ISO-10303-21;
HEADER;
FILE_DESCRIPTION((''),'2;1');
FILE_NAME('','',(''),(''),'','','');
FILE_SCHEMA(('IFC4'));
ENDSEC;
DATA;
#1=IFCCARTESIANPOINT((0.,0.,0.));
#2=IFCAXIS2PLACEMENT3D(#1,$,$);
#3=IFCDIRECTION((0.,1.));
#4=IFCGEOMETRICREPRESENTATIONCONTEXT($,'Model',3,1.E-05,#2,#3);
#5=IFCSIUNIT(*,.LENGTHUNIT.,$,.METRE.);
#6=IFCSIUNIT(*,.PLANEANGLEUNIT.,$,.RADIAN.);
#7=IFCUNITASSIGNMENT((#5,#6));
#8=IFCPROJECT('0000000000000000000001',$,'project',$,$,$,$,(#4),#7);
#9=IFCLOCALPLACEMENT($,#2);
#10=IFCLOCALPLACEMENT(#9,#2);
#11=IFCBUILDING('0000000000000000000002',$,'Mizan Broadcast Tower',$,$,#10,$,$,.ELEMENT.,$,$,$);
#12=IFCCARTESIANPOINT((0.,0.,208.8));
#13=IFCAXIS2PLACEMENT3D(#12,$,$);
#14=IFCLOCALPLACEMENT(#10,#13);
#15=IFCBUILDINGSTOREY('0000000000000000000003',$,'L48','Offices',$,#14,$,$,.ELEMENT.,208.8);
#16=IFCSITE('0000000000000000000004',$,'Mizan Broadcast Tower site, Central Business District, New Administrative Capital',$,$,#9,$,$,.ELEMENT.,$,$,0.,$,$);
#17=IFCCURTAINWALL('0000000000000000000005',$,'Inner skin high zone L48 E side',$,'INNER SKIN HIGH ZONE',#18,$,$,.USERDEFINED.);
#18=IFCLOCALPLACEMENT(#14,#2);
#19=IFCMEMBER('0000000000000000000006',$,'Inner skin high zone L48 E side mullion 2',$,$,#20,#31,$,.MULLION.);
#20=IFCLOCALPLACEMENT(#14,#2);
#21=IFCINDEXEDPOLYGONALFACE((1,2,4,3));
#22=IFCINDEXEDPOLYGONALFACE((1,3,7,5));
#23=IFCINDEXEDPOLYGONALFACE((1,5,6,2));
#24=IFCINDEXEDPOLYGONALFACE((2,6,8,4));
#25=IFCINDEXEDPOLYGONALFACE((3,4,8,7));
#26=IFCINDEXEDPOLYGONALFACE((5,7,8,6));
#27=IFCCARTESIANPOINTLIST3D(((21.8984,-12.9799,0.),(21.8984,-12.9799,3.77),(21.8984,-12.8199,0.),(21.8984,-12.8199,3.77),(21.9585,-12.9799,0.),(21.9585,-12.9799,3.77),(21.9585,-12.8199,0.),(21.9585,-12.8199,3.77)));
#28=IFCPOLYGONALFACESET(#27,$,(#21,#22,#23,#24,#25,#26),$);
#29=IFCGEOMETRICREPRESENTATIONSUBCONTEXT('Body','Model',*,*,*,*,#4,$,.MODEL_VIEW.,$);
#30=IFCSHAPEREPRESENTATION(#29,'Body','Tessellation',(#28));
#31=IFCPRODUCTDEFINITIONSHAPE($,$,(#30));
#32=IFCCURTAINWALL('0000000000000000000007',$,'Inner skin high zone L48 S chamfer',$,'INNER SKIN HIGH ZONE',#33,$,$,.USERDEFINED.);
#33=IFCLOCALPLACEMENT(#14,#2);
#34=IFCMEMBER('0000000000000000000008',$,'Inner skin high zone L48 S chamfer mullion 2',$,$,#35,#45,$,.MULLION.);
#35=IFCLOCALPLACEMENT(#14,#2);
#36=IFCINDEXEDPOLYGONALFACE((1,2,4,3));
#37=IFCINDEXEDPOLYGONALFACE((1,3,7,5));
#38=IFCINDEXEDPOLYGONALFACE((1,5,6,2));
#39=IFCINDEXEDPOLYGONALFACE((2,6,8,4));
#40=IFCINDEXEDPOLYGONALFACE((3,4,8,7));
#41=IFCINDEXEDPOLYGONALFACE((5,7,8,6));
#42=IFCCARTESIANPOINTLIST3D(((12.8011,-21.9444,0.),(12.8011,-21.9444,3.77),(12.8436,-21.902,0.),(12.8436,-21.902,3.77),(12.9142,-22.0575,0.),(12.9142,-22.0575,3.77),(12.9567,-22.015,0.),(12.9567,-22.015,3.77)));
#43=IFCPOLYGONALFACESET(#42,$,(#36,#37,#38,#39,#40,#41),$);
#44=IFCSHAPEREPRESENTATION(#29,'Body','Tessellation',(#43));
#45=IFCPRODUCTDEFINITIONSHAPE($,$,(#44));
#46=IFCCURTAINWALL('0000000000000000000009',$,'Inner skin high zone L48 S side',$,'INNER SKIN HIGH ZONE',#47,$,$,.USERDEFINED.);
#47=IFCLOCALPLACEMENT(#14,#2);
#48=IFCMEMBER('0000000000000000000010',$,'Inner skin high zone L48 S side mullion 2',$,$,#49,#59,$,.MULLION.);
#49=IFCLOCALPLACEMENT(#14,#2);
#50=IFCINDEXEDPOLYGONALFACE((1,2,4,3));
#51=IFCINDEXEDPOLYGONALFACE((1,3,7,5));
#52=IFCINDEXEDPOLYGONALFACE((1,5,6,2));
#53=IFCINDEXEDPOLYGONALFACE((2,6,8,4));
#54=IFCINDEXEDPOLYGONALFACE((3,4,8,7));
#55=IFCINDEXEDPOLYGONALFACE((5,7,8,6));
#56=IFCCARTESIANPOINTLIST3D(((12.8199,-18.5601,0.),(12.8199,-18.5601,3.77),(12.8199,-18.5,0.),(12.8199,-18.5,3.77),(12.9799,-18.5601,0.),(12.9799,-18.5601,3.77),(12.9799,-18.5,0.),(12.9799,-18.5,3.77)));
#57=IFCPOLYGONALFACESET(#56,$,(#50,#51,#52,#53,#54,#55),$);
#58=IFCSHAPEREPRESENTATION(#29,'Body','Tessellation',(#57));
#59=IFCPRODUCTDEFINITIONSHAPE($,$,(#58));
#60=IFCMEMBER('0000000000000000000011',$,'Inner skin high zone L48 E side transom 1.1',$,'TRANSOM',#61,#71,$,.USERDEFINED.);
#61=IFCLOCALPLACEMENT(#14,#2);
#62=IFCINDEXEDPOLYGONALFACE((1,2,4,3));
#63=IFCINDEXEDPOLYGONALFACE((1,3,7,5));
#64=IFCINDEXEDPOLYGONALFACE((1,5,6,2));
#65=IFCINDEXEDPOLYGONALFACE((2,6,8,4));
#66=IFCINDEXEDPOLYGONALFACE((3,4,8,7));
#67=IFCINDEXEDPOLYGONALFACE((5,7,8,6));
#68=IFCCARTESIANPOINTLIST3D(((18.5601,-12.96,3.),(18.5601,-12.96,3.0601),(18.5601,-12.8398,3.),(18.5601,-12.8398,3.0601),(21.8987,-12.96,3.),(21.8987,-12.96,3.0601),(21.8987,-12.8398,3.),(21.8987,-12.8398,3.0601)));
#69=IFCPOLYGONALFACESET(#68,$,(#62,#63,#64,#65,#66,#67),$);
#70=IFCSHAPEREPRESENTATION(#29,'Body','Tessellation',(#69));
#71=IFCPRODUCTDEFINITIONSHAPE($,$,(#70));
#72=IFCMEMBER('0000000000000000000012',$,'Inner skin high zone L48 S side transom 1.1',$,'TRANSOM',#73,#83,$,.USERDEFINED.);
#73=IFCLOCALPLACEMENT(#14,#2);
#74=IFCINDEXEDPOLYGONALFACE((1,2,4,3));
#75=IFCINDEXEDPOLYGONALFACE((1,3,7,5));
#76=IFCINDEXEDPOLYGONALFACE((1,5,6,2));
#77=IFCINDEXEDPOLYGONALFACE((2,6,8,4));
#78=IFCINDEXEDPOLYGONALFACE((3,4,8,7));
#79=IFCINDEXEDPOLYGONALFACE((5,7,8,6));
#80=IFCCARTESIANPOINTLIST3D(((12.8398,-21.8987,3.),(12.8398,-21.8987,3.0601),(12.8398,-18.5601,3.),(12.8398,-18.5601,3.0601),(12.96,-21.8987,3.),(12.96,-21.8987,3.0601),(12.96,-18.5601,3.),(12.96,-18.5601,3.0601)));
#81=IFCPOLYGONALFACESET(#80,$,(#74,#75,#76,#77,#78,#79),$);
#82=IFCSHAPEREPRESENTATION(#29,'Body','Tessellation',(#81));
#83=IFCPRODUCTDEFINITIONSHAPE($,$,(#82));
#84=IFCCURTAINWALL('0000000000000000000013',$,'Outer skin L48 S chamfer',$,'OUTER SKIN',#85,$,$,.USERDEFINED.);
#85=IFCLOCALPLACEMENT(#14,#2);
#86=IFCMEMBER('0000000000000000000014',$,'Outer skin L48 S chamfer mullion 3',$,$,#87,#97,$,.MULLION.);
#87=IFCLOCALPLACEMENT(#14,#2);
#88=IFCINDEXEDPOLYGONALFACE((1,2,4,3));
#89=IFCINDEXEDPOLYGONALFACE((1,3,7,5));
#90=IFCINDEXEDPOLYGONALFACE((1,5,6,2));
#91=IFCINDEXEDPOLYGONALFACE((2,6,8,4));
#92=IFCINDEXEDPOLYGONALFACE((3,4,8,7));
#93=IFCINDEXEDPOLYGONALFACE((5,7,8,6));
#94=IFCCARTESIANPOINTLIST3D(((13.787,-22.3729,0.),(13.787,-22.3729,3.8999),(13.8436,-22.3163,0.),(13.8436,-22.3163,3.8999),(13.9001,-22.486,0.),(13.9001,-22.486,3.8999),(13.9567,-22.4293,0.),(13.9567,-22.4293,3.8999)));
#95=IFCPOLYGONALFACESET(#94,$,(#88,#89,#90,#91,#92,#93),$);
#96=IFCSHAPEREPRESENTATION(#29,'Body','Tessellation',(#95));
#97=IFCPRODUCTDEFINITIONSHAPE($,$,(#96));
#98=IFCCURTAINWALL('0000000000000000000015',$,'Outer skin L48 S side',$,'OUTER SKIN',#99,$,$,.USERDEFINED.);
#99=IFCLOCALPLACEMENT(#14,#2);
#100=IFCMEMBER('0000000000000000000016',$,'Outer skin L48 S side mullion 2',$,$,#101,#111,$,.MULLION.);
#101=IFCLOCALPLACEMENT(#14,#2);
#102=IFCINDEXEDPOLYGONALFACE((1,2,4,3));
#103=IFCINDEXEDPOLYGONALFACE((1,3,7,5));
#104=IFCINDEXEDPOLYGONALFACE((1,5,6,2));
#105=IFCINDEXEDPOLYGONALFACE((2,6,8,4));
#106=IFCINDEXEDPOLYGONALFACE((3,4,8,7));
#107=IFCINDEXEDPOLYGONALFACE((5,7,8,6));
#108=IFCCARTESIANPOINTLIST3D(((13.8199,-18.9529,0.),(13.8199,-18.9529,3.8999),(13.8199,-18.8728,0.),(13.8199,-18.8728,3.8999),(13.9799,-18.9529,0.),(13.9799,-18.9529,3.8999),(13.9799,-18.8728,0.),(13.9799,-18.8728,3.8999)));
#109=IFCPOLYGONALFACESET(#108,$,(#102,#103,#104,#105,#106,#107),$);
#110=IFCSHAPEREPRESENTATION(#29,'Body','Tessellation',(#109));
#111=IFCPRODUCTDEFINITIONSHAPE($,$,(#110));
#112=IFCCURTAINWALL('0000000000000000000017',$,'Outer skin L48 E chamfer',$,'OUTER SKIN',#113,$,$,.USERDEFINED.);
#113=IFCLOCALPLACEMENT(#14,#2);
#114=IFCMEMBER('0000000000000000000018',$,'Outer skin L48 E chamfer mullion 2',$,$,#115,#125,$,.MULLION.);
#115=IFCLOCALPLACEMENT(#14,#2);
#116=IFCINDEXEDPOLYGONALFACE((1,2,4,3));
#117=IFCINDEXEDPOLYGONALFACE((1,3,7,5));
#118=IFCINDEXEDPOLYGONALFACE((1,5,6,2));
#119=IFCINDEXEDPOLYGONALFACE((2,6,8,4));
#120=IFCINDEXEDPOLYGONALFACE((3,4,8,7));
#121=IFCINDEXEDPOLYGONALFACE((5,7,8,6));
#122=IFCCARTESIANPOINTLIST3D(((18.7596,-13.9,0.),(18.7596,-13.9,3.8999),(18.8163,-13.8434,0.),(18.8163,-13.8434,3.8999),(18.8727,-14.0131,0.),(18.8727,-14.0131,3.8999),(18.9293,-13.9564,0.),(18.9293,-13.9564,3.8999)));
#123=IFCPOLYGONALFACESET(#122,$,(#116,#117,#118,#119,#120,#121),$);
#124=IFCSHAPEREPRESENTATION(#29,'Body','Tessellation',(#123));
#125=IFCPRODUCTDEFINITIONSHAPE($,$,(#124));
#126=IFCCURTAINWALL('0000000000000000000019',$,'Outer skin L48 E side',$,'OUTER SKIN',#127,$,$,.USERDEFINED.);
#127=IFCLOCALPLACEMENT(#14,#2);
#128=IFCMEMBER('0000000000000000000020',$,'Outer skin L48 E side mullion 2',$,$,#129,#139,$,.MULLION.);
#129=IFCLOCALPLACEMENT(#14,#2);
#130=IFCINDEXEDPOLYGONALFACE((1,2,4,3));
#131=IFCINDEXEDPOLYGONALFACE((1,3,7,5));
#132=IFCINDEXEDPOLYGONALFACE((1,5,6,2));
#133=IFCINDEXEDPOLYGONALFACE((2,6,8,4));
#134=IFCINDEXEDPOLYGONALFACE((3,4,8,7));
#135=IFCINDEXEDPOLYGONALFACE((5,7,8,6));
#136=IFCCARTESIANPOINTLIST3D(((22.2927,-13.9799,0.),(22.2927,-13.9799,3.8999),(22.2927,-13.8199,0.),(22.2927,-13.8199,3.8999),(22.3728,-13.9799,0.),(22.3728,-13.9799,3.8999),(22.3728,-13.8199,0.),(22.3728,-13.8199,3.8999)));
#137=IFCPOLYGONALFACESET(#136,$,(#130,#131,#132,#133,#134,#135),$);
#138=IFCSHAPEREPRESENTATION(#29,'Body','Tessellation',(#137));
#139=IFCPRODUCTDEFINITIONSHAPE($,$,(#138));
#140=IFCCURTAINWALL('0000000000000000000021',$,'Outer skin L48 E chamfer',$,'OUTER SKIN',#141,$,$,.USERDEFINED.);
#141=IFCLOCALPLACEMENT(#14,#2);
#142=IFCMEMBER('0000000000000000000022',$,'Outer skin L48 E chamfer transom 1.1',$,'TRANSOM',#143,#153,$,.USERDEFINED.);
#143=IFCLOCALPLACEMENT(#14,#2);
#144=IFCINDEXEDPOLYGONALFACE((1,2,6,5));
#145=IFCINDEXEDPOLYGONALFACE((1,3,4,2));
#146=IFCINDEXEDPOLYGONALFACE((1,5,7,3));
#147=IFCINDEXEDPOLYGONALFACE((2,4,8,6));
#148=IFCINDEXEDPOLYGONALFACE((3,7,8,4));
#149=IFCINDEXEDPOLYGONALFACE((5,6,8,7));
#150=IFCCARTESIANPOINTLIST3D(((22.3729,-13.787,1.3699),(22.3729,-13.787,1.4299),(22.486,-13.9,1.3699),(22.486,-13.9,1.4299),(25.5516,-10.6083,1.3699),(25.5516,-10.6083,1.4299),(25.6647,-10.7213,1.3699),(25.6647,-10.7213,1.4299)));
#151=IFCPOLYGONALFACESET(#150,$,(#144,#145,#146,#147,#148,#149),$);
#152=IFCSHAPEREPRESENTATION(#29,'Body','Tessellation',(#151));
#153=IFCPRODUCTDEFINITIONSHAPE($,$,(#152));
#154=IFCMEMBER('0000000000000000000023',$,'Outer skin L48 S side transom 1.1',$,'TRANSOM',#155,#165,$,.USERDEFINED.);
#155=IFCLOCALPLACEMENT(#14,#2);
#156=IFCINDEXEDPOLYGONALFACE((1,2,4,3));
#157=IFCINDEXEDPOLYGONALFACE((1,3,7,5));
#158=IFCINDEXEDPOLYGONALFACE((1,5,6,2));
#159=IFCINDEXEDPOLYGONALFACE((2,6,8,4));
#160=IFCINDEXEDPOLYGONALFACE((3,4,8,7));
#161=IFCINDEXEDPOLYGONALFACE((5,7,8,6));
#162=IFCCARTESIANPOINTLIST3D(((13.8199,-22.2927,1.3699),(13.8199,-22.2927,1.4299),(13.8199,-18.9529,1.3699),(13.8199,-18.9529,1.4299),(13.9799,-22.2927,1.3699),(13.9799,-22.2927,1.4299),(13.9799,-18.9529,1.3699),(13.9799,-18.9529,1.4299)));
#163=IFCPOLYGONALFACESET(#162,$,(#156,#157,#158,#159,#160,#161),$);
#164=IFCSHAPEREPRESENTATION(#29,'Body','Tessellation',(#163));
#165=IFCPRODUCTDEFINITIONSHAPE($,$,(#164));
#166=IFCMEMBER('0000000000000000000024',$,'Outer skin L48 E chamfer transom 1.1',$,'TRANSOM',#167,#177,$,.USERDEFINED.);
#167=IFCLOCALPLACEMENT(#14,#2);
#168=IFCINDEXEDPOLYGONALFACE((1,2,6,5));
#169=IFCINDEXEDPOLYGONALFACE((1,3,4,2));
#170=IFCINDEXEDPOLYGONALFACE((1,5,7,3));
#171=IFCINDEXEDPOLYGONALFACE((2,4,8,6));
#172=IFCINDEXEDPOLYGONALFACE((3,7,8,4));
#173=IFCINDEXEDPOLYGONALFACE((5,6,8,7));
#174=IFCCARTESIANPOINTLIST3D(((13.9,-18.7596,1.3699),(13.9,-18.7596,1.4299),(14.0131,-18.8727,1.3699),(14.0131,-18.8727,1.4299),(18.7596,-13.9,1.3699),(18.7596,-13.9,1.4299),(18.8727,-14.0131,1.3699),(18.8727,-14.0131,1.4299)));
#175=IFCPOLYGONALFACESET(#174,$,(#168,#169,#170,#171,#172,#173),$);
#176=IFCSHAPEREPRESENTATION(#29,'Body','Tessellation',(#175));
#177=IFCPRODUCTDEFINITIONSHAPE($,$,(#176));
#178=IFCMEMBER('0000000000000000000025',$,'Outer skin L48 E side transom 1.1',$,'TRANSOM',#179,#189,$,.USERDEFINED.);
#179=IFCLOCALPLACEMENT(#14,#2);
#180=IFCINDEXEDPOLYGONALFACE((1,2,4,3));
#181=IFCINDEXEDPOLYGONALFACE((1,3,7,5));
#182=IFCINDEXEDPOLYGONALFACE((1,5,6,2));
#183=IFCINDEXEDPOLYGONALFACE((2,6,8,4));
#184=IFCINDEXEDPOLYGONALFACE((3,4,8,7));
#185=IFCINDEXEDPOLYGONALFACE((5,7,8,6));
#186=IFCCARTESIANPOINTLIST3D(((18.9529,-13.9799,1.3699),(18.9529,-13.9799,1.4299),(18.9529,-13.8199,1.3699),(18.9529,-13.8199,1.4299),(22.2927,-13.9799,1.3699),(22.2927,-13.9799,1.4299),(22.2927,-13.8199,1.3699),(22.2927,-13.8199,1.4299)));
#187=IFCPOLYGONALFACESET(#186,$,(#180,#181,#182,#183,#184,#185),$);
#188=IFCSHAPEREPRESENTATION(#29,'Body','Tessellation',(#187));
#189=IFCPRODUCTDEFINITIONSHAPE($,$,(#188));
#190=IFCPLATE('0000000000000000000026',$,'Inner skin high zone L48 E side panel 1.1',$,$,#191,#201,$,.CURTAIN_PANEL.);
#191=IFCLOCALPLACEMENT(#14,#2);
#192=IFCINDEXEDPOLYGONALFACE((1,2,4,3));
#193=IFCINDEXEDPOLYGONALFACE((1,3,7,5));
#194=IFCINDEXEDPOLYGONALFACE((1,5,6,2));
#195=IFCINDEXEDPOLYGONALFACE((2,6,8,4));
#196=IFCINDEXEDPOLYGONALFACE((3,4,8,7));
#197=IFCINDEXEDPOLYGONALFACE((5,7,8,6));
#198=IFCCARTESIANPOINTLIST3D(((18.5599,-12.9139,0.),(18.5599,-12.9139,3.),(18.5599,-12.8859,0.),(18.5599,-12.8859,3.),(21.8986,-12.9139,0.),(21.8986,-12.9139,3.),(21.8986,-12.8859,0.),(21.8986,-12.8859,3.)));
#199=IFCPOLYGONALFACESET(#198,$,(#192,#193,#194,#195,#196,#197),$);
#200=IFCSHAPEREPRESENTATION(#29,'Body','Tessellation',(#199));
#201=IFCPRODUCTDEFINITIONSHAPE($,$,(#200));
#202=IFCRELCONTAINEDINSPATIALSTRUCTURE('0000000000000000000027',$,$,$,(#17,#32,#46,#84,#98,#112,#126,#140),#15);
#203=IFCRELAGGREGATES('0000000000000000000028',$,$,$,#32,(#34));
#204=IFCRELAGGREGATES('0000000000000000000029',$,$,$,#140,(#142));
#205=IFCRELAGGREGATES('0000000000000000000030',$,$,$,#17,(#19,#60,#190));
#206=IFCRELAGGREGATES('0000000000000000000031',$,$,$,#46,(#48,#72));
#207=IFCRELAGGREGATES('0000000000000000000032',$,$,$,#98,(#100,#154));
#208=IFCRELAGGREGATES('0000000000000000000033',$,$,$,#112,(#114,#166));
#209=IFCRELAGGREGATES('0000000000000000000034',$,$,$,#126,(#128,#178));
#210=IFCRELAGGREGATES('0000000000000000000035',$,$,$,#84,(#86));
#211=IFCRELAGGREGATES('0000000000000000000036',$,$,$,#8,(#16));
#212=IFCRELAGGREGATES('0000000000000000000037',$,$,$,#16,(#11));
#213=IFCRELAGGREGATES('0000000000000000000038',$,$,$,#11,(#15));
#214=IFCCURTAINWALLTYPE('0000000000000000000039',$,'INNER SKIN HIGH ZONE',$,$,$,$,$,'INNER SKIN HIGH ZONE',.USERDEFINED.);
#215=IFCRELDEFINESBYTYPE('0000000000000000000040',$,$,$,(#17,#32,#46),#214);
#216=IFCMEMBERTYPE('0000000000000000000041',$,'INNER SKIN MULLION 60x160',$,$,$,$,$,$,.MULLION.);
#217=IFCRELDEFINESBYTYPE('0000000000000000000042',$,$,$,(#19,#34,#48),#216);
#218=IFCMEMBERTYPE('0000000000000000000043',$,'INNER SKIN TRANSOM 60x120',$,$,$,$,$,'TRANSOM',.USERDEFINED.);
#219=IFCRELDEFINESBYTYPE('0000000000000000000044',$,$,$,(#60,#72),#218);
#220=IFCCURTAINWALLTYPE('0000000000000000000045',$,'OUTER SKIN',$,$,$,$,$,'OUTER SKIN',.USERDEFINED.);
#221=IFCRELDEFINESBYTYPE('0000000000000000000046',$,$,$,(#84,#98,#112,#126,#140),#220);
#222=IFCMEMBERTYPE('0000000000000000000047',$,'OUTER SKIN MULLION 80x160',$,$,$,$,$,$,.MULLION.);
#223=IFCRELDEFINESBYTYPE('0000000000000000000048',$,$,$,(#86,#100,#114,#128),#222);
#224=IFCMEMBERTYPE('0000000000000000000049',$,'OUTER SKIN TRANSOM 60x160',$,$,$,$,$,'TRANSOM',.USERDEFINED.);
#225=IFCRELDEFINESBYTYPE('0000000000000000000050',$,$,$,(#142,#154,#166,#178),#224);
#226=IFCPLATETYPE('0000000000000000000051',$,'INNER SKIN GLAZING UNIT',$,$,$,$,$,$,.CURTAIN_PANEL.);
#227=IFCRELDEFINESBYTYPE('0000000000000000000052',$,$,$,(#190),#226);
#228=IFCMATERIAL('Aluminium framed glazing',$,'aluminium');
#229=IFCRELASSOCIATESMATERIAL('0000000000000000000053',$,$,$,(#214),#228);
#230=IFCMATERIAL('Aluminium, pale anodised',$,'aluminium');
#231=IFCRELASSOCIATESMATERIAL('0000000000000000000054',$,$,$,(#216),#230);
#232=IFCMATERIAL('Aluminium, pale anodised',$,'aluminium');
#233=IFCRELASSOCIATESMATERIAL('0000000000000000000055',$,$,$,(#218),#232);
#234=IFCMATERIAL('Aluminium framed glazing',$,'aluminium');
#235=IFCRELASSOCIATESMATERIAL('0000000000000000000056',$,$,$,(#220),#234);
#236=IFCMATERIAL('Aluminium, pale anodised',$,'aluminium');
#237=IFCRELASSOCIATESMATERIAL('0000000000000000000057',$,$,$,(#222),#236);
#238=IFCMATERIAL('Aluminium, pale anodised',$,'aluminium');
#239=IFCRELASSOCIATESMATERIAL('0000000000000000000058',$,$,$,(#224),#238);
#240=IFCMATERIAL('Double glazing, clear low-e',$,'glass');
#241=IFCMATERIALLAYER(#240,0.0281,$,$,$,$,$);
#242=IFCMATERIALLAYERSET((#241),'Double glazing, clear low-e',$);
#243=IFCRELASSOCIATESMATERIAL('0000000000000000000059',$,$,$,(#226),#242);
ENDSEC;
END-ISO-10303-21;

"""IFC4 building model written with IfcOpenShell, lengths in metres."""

from ifc_helpers import new_model, si_unit, direction, frame, origin, origin_2d, place, context, subcontext, project, spatial, rectangle, extrude, material, layer, layer_set, material_profile, profile_set, type_object, element, aggregate, save


model = new_model("IFC4")

# Units and contexts
model_context = context("Model", 3, precision=1e-05, world=origin(), true_north=direction((0.0, 1.0)))
body_context = subcontext(model_context, "Body", "Model", "MODEL_VIEW")
ifc_project = project(units=[si_unit("LENGTHUNIT", "METRE"), si_unit("PLANEANGLEUNIT", "RADIAN")], contexts=[model_context])

# Site, building, storey
site_placement = place(None, origin())
site = spatial("IfcSite", under=ifc_project, at=site_placement, Name="Mizan Broadcast Tower site, Central Business District, New Administrative Capital", CompositionType="ELEMENT", RefElevation=0.0)
building_placement = place(site_placement, origin())
building = spatial("IfcBuilding", under=site, at=building_placement, Name="Mizan Broadcast Tower", CompositionType="ELEMENT")
storey_placement = place(building_placement, frame((0.0, 0.0, 208.8)))
storey = spatial("IfcBuildingStorey", under=building, at=storey_placement, Name="L48", Description="Offices", CompositionType="ELEMENT", Elevation=208.8)

# Curtain walls, members
ifc_material_1 = material(Name="Aluminium framed glazing", Category="aluminium")
curtain_wall_type_1 = type_object("IfcCurtainWallType", Name="INNER SKIN HIGH ZONE", ElementType="INNER SKIN HIGH ZONE", PredefinedType="USERDEFINED", material=ifc_material_1)
curtain_wall_1_placement = place(storey_placement, origin())
curtain_wall_1 = element("IfcCurtainWall", 1, at=curtain_wall_1_placement, inside=storey, type_object=curtain_wall_type_1, Name="Inner skin high zone L48 E side", ObjectType="INNER SKIN HIGH ZONE", PredefinedType="USERDEFINED")
ifc_material_2 = material(Name="Aluminium, pale anodised", Category="aluminium")
ifc_material_profile_1 = material_profile(ifc_material_2, rectangle(XDim=0.1599, YDim=0.0601, at=origin_2d()), Name="MULLION 160x60")
ifc_profile_set_1 = profile_set([ifc_material_profile_1], Name="Aluminium, pale anodised")
member_type_1 = type_object("IfcMemberType", Name="INNER SKIN MULLION 60x160", PredefinedType="MULLION", material=ifc_profile_set_1)
member_1_placement = place(storey_placement, frame((21.9285, -12.8999, 0.0), z_axis=(0.0, 0.0, 1.0), x_axis=(0.0, 1.0, 0.0)))
member_1 = element("IfcMember", 2, at=member_1_placement, type_object=member_type_1, Name="Inner skin high zone L48 E side mullion 2", PredefinedType="MULLION", context=body_context, shape_type="SweptSolid", body=[
    extrude(rectangle(XDim=0.1599, YDim=0.0601, at=origin_2d()), origin(), (0.0, 0.0, 1.0), 3.77),
])
curtain_wall_2_placement = place(storey_placement, origin())
curtain_wall_2 = element("IfcCurtainWall", 3, at=curtain_wall_2_placement, inside=storey, type_object=curtain_wall_type_1, Name="Inner skin high zone L48 S chamfer", ObjectType="INNER SKIN HIGH ZONE", PredefinedType="USERDEFINED")
member_2_placement = place(storey_placement, frame((12.8789, -21.9797, 0.0), z_axis=(0.0, 0.0, 1.0), x_axis=(-0.707107, 0.707107, 0.0)))
member_2 = element("IfcMember", 4, at=member_2_placement, type_object=member_type_1, Name="Inner skin high zone L48 S chamfer mullion 2", PredefinedType="MULLION", context=body_context, shape_type="SweptSolid", body=[
    extrude(rectangle(XDim=0.1599, YDim=0.0601, at=origin_2d()), origin(), (0.0, 0.0, 1.0), 3.77),
])
aggregate(curtain_wall_2, [member_2])
curtain_wall_3_placement = place(storey_placement, origin())
curtain_wall_3 = element("IfcCurtainWall", 5, at=curtain_wall_3_placement, inside=storey, type_object=curtain_wall_type_1, Name="Inner skin high zone L48 S side", ObjectType="INNER SKIN HIGH ZONE", PredefinedType="USERDEFINED")
member_3_placement = place(storey_placement, frame((12.8999, -18.53, 0.0), z_axis=(0.0, 0.0, 1.0), x_axis=(-1.0, 0.0, 0.0)))
member_3 = element("IfcMember", 6, at=member_3_placement, type_object=member_type_1, Name="Inner skin high zone L48 S side mullion 2", PredefinedType="MULLION", context=body_context, shape_type="SweptSolid", body=[
    extrude(rectangle(XDim=0.1599, YDim=0.0601, at=origin_2d()), origin(), (0.0, 0.0, 1.0), 3.77),
])

# Members
ifc_material_3 = material(Name="Aluminium, pale anodised", Category="aluminium")
ifc_material_profile_2 = material_profile(ifc_material_3, rectangle(XDim=0.1201, YDim=0.0601, at=origin_2d()), Name="TRANSOM 120x60")
ifc_profile_set_2 = profile_set([ifc_material_profile_2], Name="Aluminium, pale anodised")
member_type_2 = type_object("IfcMemberType", Name="INNER SKIN TRANSOM 60x120", ElementType="TRANSOM", PredefinedType="USERDEFINED", material=ifc_profile_set_2)
member_4_placement = place(storey_placement, frame((18.5601, -12.8999, 3.03), z_axis=(1.0, 0.0, 0.0), x_axis=(0.0, 1.0, 0.0)))
member_4 = element("IfcMember", 7, at=member_4_placement, type_object=member_type_2, Name="Inner skin high zone L48 E side transom 1.1", ObjectType="TRANSOM", PredefinedType="USERDEFINED", context=body_context, shape_type="SweptSolid", body=[
    extrude(rectangle(XDim=0.1201, YDim=0.0601, at=origin_2d()), origin(), (0.0, 0.0, 1.0), 3.3386),
])
member_5_placement = place(storey_placement, frame((12.8999, -21.8987, 3.03), z_axis=(0.0, 1.0, 0.0), x_axis=(-1.0, 0.0, 0.0)))
member_5 = element("IfcMember", 8, at=member_5_placement, type_object=member_type_2, Name="Inner skin high zone L48 S side transom 1.1", ObjectType="TRANSOM", PredefinedType="USERDEFINED", context=body_context, shape_type="SweptSolid", body=[
    extrude(rectangle(XDim=0.1201, YDim=0.0601, at=origin_2d()), origin(), (0.0, 0.0, 1.0), 3.3386),
])

# Curtain walls, members
ifc_material_4 = material(Name="Aluminium framed glazing", Category="aluminium")
curtain_wall_type_2 = type_object("IfcCurtainWallType", Name="OUTER SKIN", ElementType="OUTER SKIN", PredefinedType="USERDEFINED", material=ifc_material_4)
curtain_wall_4_placement = place(storey_placement, origin())
curtain_wall_4 = element("IfcCurtainWall", 9, at=curtain_wall_4_placement, inside=storey, type_object=curtain_wall_type_2, Name="Outer skin L48 S chamfer", ObjectType="OUTER SKIN", PredefinedType="USERDEFINED")
ifc_material_5 = material(Name="Aluminium, pale anodised", Category="aluminium")
ifc_material_profile_3 = material_profile(ifc_material_5, rectangle(XDim=0.1599, YDim=0.0801, at=origin_2d()), Name="MULLION 160x80")
ifc_profile_set_3 = profile_set([ifc_material_profile_3], Name="Aluminium, pale anodised")
member_type_3 = type_object("IfcMemberType", Name="OUTER SKIN MULLION 80x160", PredefinedType="MULLION", material=ifc_profile_set_3)
member_6_placement = place(storey_placement, frame((13.8718, -22.4011, 0.0), z_axis=(0.0, 0.0, 1.0), x_axis=(-0.707107, 0.707107, 0.0)))
member_6 = element("IfcMember", 10, at=member_6_placement, type_object=member_type_3, Name="Outer skin L48 S chamfer mullion 3", PredefinedType="MULLION", context=body_context, shape_type="SweptSolid", body=[
    extrude(rectangle(XDim=0.1599, YDim=0.0801, at=origin_2d()), origin(), (0.0, 0.0, 1.0), 3.8999),
])
curtain_wall_5_placement = place(storey_placement, origin())
curtain_wall_5 = element("IfcCurtainWall", 11, at=curtain_wall_5_placement, inside=storey, type_object=curtain_wall_type_2, Name="Outer skin L48 S side", ObjectType="OUTER SKIN", PredefinedType="USERDEFINED")
member_7_placement = place(storey_placement, frame((13.8999, -18.9128, 0.0), z_axis=(0.0, 0.0, 1.0), x_axis=(-1.0, 0.0, 0.0)))
member_7 = element("IfcMember", 12, at=member_7_placement, type_object=member_type_3, Name="Outer skin L48 S side mullion 2", PredefinedType="MULLION", context=body_context, shape_type="SweptSolid", body=[
    extrude(rectangle(XDim=0.1599, YDim=0.0801, at=origin_2d()), origin(), (0.0, 0.0, 1.0), 3.8999),
])
curtain_wall_6_placement = place(storey_placement, origin())
curtain_wall_6 = element("IfcCurtainWall", 13, at=curtain_wall_6_placement, inside=storey, type_object=curtain_wall_type_2, Name="Outer skin L48 E chamfer", ObjectType="OUTER SKIN", PredefinedType="USERDEFINED")
member_8_placement = place(storey_placement, frame((18.8445, -13.9282, 0.0), z_axis=(0.0, 0.0, 1.0), x_axis=(-0.707107, 0.707107, 0.0)))
member_8 = element("IfcMember", 14, at=member_8_placement, type_object=member_type_3, Name="Outer skin L48 E chamfer mullion 2", PredefinedType="MULLION", context=body_context, shape_type="SweptSolid", body=[
    extrude(rectangle(XDim=0.1599, YDim=0.0801, at=origin_2d()), origin(), (0.0, 0.0, 1.0), 3.8999),
])
curtain_wall_7_placement = place(storey_placement, origin())
curtain_wall_7 = element("IfcCurtainWall", 15, at=curtain_wall_7_placement, inside=storey, type_object=curtain_wall_type_2, Name="Outer skin L48 E side", ObjectType="OUTER SKIN", PredefinedType="USERDEFINED")
member_9_placement = place(storey_placement, frame((22.3328, -13.8999, 0.0), z_axis=(0.0, 0.0, 1.0), x_axis=(0.0, 1.0, 0.0)))
member_9 = element("IfcMember", 16, at=member_9_placement, type_object=member_type_3, Name="Outer skin L48 E side mullion 2", PredefinedType="MULLION", context=body_context, shape_type="SweptSolid", body=[
    extrude(rectangle(XDim=0.1599, YDim=0.0801, at=origin_2d()), origin(), (0.0, 0.0, 1.0), 3.8999),
])
curtain_wall_8_placement = place(storey_placement, origin())
curtain_wall_8 = element("IfcCurtainWall", 17, at=curtain_wall_8_placement, inside=storey, type_object=curtain_wall_type_2, Name="Outer skin L48 E chamfer", ObjectType="OUTER SKIN", PredefinedType="USERDEFINED")
ifc_material_6 = material(Name="Aluminium, pale anodised", Category="aluminium")
ifc_material_profile_4 = material_profile(ifc_material_6, rectangle(XDim=0.1599, YDim=0.0601, at=origin_2d()), Name="TRANSOM 160x60")
ifc_profile_set_4 = profile_set([ifc_material_profile_4], Name="Aluminium, pale anodised")
member_type_4 = type_object("IfcMemberType", Name="OUTER SKIN TRANSOM 60x160", ElementType="TRANSOM", PredefinedType="USERDEFINED", material=ifc_profile_set_4)
member_10_placement = place(storey_placement, frame((22.4294, -13.8435, 1.3999), z_axis=(0.707107, 0.707107, 0.0), x_axis=(-0.707107, 0.707107, 0.0)))
member_10 = element("IfcMember", 18, at=member_10_placement, type_object=member_type_4, Name="Outer skin L48 E chamfer transom 1.1", ObjectType="TRANSOM", PredefinedType="USERDEFINED", context=body_context, shape_type="SweptSolid", body=[
    extrude(rectangle(XDim=0.1599, YDim=0.0601, at=origin_2d()), origin(), (0.0, 0.0, 1.0), 4.4954),
])
aggregate(curtain_wall_8, [member_10])

# Members
member_11_placement = place(storey_placement, frame((13.8999, -22.2927, 1.3999), z_axis=(0.0, 1.0, 0.0), x_axis=(-1.0, 0.0, 0.0)))
member_11 = element("IfcMember", 19, at=member_11_placement, type_object=member_type_4, Name="Outer skin L48 S side transom 1.1", ObjectType="TRANSOM", PredefinedType="USERDEFINED", context=body_context, shape_type="SweptSolid", body=[
    extrude(rectangle(XDim=0.1599, YDim=0.0601, at=origin_2d()), origin(), (0.0, 0.0, 1.0), 3.3398),
])
member_12_placement = place(storey_placement, frame((13.9565, -18.8162, 1.3999), z_axis=(0.707107, 0.707107, 0.0), x_axis=(-0.707107, 0.707107, 0.0)))
member_12 = element("IfcMember", 20, at=member_12_placement, type_object=member_type_4, Name="Outer skin L48 E chamfer transom 1.1", ObjectType="TRANSOM", PredefinedType="USERDEFINED", context=body_context, shape_type="SweptSolid", body=[
    extrude(rectangle(XDim=0.1599, YDim=0.0601, at=origin_2d()), origin(), (0.0, 0.0, 1.0), 6.8726),
])
member_13_placement = place(storey_placement, frame((18.9529, -13.8999, 1.3999), z_axis=(1.0, 0.0, 0.0), x_axis=(0.0, 1.0, 0.0)))
member_13 = element("IfcMember", 21, at=member_13_placement, type_object=member_type_4, Name="Outer skin L48 E side transom 1.1", ObjectType="TRANSOM", PredefinedType="USERDEFINED", context=body_context, shape_type="SweptSolid", body=[
    extrude(rectangle(XDim=0.1599, YDim=0.0601, at=origin_2d()), origin(), (0.0, 0.0, 1.0), 3.3398),
])

# Plate
ifc_material_7 = material(Name="Double glazing, clear low-e", Category="glass")
ifc_layer_1 = layer(ifc_material_7, 0.0281)
ifc_layer_set_1 = layer_set([ifc_layer_1], Name="Double glazing, clear low-e")
plate_type_1 = type_object("IfcPlateType", Name="INNER SKIN GLAZING UNIT", PredefinedType="CURTAIN_PANEL", material=ifc_layer_set_1)
plate_1_placement = place(storey_placement, frame((20.2292, -12.8999, 0.0), z_axis=(0.0, 0.0, 1.0), x_axis=(1.0, 0.0, 0.0)))
plate_1 = element("IfcPlate", 22, at=plate_1_placement, type_object=plate_type_1, Name="Inner skin high zone L48 E side panel 1.1", PredefinedType="CURTAIN_PANEL", context=body_context, shape_type="SweptSolid", body=[
    extrude(rectangle(XDim=3.3386, YDim=0.0281, at=origin_2d()), origin(), (0.0, 0.0, 1.0), 3.0),
])
aggregate(curtain_wall_1, [member_1, member_4, plate_1])
aggregate(curtain_wall_3, [member_3, member_5])
aggregate(curtain_wall_5, [member_7, member_11])
aggregate(curtain_wall_6, [member_8, member_12])
aggregate(curtain_wall_7, [member_9, member_13])
aggregate(curtain_wall_4, [member_6])

save(model, "model.ifc")
